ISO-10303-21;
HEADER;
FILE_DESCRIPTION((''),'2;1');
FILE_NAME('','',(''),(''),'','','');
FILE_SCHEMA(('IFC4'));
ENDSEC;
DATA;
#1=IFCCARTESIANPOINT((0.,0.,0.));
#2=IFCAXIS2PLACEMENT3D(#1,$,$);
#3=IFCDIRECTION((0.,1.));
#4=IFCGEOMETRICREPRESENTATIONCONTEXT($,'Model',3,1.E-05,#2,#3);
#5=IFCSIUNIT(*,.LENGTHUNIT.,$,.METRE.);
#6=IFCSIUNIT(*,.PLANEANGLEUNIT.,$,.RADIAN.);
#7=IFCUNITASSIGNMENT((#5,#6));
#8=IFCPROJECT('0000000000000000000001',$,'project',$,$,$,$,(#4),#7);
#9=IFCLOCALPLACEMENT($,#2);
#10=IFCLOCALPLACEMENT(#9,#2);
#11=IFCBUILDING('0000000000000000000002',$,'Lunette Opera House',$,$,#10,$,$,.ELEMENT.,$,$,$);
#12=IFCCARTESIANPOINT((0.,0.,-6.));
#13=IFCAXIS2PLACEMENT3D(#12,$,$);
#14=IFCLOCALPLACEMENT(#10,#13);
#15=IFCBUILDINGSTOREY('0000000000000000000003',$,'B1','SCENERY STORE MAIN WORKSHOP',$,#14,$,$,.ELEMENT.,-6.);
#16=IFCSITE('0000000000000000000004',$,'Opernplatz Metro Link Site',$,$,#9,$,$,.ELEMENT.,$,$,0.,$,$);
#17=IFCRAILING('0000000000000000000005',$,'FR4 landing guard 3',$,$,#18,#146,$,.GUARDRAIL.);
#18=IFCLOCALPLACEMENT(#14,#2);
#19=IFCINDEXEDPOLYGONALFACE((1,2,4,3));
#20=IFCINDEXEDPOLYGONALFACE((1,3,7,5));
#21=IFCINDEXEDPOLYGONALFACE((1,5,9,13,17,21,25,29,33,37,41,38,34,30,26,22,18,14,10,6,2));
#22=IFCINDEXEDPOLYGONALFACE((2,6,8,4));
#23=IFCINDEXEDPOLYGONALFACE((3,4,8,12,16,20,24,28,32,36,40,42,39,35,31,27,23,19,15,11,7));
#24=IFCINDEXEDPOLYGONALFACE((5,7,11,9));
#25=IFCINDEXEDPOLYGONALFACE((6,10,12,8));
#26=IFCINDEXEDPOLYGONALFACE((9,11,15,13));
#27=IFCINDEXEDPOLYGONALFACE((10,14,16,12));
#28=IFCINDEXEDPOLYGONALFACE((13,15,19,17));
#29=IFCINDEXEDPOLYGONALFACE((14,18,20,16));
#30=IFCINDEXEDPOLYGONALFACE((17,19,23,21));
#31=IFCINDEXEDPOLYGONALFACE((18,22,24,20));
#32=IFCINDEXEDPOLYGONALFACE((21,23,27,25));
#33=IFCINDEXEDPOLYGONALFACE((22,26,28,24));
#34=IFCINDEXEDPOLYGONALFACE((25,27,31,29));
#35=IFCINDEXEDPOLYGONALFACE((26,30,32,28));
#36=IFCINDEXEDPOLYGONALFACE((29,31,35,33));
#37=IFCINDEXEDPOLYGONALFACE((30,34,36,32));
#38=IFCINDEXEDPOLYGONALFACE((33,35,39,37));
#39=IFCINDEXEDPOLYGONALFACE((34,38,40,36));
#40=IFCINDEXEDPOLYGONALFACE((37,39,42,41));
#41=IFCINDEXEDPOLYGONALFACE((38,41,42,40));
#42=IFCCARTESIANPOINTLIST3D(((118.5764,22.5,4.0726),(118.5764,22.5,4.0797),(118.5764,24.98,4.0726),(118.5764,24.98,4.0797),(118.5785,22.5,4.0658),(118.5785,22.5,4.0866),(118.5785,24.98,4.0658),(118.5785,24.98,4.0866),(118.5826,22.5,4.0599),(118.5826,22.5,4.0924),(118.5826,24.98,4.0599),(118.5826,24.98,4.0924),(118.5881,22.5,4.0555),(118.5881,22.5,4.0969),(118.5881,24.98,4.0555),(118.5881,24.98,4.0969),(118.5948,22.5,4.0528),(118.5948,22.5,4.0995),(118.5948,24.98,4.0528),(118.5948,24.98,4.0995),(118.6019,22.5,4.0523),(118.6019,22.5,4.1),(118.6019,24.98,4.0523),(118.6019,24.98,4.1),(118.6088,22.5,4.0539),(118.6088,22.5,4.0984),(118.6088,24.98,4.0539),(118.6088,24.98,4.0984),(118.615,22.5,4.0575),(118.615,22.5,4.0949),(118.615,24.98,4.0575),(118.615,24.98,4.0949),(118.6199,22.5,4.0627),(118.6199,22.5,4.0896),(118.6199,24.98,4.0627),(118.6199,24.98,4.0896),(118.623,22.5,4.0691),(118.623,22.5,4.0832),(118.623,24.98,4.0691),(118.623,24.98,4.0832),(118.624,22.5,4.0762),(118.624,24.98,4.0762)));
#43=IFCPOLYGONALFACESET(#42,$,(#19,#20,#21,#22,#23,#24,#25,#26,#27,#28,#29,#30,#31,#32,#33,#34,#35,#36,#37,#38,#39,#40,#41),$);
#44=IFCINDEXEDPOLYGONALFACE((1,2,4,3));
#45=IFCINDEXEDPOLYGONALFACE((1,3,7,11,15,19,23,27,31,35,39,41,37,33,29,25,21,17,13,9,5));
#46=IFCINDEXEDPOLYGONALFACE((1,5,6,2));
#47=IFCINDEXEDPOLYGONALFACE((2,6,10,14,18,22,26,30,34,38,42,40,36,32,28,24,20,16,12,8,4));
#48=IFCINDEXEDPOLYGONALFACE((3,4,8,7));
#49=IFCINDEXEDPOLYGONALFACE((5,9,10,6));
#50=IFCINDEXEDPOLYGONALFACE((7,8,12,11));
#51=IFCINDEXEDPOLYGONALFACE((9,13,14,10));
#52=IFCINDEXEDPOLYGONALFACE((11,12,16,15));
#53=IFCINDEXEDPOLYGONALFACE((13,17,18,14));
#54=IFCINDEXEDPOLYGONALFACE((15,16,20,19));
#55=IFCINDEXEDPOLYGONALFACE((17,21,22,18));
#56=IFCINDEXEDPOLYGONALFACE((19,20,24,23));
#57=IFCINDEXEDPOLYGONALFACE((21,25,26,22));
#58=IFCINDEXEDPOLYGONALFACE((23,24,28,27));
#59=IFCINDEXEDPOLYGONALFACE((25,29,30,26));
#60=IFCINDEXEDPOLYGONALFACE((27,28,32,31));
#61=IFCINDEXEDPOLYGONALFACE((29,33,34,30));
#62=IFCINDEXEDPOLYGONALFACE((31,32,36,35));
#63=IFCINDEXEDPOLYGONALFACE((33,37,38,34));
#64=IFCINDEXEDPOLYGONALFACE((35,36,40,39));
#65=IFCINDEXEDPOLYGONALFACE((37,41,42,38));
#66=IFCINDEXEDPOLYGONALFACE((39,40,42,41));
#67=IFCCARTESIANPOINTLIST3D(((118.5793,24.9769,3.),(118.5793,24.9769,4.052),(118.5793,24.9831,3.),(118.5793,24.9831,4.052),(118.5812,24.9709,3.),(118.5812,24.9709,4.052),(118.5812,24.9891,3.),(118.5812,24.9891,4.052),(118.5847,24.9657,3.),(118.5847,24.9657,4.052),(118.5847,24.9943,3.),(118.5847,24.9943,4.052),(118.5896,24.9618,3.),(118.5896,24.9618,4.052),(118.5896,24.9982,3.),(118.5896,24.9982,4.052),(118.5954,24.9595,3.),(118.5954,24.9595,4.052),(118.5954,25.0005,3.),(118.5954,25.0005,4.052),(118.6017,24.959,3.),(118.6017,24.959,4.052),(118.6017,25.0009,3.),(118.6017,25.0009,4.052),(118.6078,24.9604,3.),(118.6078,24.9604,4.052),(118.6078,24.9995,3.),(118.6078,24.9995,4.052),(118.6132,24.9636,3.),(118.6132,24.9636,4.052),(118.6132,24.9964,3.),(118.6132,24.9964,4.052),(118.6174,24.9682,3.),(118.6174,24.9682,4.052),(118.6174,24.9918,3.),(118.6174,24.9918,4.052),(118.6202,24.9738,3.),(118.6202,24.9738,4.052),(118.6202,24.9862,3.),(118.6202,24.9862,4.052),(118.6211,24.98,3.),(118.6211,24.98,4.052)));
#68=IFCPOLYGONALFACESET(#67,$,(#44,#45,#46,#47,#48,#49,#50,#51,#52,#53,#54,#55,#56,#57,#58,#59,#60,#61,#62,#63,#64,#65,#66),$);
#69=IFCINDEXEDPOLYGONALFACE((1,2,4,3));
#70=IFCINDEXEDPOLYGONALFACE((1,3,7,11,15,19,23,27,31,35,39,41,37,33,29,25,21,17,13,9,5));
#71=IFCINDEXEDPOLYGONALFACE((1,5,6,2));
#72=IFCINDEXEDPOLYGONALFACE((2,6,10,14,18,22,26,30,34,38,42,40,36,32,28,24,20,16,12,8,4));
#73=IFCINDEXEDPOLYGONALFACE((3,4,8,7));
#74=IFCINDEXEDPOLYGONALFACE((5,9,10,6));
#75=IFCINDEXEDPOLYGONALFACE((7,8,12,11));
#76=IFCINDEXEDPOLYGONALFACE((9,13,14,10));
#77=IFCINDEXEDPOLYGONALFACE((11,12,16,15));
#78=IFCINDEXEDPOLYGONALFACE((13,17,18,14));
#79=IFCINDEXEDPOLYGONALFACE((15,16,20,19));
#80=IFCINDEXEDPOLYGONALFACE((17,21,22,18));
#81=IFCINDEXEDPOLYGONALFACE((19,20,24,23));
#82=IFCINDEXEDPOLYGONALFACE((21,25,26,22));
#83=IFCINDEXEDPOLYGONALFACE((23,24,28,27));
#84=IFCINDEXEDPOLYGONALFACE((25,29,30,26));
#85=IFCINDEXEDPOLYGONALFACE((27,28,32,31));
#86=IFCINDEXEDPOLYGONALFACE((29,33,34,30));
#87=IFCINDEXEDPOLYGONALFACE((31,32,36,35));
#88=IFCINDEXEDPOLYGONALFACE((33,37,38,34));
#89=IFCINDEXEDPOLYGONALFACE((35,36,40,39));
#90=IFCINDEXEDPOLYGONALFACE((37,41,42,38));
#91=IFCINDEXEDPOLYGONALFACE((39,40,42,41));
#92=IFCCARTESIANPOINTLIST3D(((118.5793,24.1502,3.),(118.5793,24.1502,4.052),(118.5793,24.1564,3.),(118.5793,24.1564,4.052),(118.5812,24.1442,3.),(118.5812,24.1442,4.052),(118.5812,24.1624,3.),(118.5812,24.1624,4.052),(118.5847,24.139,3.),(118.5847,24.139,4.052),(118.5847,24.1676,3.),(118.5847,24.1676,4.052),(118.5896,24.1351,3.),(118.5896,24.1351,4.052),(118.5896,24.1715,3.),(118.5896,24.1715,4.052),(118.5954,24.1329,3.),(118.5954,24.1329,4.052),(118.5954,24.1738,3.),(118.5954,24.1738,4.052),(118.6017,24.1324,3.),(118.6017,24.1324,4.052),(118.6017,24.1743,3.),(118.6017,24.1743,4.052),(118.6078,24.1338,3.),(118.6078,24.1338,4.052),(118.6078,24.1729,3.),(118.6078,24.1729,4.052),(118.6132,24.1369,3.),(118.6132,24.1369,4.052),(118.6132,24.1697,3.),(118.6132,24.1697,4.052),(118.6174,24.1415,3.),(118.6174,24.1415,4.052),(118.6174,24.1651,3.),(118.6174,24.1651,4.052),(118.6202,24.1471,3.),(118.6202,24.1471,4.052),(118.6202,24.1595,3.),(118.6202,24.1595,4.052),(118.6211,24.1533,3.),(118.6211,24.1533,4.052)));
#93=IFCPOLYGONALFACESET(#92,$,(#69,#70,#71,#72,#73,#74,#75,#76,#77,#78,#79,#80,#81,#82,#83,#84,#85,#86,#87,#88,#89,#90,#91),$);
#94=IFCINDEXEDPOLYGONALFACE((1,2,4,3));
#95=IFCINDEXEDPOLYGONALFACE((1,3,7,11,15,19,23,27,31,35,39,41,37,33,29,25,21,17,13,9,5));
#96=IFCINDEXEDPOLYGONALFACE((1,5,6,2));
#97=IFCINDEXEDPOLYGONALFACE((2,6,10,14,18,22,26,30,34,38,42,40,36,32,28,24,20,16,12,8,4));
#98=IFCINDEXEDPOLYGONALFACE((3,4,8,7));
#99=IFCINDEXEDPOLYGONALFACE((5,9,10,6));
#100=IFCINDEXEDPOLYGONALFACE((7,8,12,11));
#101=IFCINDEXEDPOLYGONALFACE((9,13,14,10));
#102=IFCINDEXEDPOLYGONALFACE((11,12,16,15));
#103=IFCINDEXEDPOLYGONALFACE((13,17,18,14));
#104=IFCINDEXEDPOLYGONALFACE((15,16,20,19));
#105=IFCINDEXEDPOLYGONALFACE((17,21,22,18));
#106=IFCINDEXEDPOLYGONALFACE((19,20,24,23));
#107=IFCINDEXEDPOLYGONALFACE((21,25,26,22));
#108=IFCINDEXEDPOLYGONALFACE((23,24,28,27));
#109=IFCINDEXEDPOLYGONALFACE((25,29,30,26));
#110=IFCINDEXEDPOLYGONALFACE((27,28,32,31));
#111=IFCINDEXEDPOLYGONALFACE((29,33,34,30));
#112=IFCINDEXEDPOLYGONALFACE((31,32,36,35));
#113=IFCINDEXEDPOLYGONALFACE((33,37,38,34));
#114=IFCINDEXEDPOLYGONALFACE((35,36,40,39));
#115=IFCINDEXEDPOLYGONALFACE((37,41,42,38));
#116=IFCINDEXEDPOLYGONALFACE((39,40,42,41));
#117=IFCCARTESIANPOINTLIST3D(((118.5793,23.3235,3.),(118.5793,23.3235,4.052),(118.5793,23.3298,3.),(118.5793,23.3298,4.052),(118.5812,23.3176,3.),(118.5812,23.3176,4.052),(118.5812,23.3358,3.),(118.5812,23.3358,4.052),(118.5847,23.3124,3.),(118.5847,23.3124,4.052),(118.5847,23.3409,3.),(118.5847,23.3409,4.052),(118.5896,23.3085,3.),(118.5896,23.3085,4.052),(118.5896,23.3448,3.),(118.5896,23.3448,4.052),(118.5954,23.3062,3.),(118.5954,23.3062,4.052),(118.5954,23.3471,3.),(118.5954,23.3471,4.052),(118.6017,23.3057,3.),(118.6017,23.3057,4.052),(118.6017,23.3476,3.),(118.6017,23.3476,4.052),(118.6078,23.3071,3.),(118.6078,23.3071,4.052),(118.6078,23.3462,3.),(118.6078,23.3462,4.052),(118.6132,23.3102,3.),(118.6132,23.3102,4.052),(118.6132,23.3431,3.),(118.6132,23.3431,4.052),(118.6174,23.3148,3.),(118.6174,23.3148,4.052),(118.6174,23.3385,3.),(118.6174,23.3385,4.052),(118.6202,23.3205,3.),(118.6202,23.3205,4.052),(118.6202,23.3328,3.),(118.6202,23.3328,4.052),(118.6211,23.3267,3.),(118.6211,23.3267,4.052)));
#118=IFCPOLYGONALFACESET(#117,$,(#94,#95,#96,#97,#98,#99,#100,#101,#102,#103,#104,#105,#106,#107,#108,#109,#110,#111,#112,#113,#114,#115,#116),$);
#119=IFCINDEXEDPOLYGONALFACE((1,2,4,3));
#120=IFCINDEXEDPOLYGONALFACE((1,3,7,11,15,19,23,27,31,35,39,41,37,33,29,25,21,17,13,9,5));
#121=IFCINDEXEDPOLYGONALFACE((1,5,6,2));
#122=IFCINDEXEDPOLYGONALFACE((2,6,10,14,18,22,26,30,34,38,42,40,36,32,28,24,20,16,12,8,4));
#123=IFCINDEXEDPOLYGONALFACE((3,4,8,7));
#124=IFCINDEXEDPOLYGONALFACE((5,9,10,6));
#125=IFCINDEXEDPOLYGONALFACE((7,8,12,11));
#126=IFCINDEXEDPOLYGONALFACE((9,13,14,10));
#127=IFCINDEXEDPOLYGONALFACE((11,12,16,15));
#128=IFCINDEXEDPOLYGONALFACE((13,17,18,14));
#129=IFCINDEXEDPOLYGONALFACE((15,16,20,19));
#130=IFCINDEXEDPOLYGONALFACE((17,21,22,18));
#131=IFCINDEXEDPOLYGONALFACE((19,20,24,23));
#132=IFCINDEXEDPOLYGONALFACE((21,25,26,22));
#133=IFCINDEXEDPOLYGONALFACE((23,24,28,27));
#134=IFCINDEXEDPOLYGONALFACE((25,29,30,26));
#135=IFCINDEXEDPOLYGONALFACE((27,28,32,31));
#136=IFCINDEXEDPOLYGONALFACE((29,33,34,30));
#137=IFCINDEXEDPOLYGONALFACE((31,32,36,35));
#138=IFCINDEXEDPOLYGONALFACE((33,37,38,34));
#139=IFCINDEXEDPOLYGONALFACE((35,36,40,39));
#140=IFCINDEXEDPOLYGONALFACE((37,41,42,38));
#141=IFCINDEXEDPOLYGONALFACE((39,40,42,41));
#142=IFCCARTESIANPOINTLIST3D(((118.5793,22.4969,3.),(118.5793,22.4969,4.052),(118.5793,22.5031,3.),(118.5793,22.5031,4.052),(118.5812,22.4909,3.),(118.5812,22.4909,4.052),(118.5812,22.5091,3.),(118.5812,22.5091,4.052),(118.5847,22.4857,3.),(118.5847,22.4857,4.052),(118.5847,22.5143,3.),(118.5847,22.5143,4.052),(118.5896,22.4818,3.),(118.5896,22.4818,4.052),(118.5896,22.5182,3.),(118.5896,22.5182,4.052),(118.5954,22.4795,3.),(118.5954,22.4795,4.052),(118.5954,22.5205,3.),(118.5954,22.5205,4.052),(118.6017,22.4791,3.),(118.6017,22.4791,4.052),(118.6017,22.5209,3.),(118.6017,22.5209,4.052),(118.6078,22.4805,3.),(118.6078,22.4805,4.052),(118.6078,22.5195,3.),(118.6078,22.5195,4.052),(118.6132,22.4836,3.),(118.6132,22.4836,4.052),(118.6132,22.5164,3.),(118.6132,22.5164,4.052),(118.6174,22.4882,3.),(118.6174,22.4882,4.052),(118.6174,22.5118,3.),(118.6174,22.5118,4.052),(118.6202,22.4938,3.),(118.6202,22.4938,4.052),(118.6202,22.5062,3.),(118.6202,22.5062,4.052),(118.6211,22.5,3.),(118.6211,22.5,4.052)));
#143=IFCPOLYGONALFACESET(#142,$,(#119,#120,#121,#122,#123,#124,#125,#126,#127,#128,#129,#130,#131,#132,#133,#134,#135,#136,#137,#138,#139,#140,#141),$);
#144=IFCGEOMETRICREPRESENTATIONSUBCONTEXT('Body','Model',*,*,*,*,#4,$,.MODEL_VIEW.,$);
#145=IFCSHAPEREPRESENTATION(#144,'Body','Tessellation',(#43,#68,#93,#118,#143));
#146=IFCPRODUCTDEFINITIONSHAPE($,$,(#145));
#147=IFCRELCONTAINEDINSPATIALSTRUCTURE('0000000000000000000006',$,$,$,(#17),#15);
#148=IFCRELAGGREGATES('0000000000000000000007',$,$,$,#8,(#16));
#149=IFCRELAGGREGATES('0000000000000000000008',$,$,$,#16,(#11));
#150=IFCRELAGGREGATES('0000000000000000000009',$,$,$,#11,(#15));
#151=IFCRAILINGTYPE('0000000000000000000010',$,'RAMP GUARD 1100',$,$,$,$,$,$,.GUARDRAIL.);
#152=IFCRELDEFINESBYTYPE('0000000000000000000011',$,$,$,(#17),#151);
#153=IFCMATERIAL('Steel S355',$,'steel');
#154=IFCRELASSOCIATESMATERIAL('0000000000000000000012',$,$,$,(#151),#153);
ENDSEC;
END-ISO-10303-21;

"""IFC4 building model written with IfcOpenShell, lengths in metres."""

from ifc_helpers import new_model, si_unit, direction, frame, origin, origin_2d, place, context, subcontext, project, spatial, circle, extrude, material, type_object, element, save


model = new_model("IFC4")

# Units and contexts
model_context = context("Model", 3, precision=1e-05, world=origin(), true_north=direction((0.0, 1.0)))
body_context = subcontext(model_context, "Body", "Model", "MODEL_VIEW")
ifc_project = project(units=[si_unit("LENGTHUNIT", "METRE"), si_unit("PLANEANGLEUNIT", "RADIAN")], contexts=[model_context])

# Site, building, storey
site_placement = place(None, origin())
site = spatial("IfcSite", under=ifc_project, at=site_placement, Name="Opernplatz Metro Link Site", CompositionType="ELEMENT", RefElevation=0.0)
building_placement = place(site_placement, origin())
building = spatial("IfcBuilding", under=site, at=building_placement, Name="Lunette Opera House", CompositionType="ELEMENT")
storey_placement = place(building_placement, frame((0.0, 0.0, -6.0)))
storey = spatial("IfcBuildingStorey", under=building, at=storey_placement, Name="B1", Description="SCENERY STORE MAIN WORKSHOP", CompositionType="ELEMENT", Elevation=-6.0)

# Railing
ifc_material_1 = material(Name="Steel S355", Category="steel")
railing_type_1 = type_object("IfcRailingType", Name="RAMP GUARD 1100", PredefinedType="GUARDRAIL", material=ifc_material_1)
railing_1_placement = place(storey_placement, frame((118.6001, 24.98, 3.0)))
element("IfcRailing", 1, at=railing_1_placement, inside=storey, type_object=railing_type_1, Name="FR4 landing guard 3", PredefinedType="GUARDRAIL", context=body_context, shape_type="SweptSolid", body=[
    extrude(circle(Radius=0.0239, at=origin_2d()), frame((0.0, 0.0, 1.0762), z_axis=(0.0, -1.0, 0.0), x_axis=(1.0, 0.0, 0.0)), (0.0, 0.0, 1.0), 2.48),
    extrude(circle(Radius=0.021, at=origin_2d()), origin(), (0.0, 0.0, 1.0), 1.052),
    extrude(circle(Radius=0.021, at=origin_2d()), frame((0.0, -0.8267, 0.0)), (0.0, 0.0, 1.0), 1.052),
    extrude(circle(Radius=0.021, at=origin_2d()), frame((0.0, -1.6533, 0.0)), (0.0, 0.0, 1.0), 1.052),
    extrude(circle(Radius=0.021, at=origin_2d()), frame((0.0, -2.48, 0.0)), (0.0, 0.0, 1.0), 1.052),
])

save(model, "model.ifc")
